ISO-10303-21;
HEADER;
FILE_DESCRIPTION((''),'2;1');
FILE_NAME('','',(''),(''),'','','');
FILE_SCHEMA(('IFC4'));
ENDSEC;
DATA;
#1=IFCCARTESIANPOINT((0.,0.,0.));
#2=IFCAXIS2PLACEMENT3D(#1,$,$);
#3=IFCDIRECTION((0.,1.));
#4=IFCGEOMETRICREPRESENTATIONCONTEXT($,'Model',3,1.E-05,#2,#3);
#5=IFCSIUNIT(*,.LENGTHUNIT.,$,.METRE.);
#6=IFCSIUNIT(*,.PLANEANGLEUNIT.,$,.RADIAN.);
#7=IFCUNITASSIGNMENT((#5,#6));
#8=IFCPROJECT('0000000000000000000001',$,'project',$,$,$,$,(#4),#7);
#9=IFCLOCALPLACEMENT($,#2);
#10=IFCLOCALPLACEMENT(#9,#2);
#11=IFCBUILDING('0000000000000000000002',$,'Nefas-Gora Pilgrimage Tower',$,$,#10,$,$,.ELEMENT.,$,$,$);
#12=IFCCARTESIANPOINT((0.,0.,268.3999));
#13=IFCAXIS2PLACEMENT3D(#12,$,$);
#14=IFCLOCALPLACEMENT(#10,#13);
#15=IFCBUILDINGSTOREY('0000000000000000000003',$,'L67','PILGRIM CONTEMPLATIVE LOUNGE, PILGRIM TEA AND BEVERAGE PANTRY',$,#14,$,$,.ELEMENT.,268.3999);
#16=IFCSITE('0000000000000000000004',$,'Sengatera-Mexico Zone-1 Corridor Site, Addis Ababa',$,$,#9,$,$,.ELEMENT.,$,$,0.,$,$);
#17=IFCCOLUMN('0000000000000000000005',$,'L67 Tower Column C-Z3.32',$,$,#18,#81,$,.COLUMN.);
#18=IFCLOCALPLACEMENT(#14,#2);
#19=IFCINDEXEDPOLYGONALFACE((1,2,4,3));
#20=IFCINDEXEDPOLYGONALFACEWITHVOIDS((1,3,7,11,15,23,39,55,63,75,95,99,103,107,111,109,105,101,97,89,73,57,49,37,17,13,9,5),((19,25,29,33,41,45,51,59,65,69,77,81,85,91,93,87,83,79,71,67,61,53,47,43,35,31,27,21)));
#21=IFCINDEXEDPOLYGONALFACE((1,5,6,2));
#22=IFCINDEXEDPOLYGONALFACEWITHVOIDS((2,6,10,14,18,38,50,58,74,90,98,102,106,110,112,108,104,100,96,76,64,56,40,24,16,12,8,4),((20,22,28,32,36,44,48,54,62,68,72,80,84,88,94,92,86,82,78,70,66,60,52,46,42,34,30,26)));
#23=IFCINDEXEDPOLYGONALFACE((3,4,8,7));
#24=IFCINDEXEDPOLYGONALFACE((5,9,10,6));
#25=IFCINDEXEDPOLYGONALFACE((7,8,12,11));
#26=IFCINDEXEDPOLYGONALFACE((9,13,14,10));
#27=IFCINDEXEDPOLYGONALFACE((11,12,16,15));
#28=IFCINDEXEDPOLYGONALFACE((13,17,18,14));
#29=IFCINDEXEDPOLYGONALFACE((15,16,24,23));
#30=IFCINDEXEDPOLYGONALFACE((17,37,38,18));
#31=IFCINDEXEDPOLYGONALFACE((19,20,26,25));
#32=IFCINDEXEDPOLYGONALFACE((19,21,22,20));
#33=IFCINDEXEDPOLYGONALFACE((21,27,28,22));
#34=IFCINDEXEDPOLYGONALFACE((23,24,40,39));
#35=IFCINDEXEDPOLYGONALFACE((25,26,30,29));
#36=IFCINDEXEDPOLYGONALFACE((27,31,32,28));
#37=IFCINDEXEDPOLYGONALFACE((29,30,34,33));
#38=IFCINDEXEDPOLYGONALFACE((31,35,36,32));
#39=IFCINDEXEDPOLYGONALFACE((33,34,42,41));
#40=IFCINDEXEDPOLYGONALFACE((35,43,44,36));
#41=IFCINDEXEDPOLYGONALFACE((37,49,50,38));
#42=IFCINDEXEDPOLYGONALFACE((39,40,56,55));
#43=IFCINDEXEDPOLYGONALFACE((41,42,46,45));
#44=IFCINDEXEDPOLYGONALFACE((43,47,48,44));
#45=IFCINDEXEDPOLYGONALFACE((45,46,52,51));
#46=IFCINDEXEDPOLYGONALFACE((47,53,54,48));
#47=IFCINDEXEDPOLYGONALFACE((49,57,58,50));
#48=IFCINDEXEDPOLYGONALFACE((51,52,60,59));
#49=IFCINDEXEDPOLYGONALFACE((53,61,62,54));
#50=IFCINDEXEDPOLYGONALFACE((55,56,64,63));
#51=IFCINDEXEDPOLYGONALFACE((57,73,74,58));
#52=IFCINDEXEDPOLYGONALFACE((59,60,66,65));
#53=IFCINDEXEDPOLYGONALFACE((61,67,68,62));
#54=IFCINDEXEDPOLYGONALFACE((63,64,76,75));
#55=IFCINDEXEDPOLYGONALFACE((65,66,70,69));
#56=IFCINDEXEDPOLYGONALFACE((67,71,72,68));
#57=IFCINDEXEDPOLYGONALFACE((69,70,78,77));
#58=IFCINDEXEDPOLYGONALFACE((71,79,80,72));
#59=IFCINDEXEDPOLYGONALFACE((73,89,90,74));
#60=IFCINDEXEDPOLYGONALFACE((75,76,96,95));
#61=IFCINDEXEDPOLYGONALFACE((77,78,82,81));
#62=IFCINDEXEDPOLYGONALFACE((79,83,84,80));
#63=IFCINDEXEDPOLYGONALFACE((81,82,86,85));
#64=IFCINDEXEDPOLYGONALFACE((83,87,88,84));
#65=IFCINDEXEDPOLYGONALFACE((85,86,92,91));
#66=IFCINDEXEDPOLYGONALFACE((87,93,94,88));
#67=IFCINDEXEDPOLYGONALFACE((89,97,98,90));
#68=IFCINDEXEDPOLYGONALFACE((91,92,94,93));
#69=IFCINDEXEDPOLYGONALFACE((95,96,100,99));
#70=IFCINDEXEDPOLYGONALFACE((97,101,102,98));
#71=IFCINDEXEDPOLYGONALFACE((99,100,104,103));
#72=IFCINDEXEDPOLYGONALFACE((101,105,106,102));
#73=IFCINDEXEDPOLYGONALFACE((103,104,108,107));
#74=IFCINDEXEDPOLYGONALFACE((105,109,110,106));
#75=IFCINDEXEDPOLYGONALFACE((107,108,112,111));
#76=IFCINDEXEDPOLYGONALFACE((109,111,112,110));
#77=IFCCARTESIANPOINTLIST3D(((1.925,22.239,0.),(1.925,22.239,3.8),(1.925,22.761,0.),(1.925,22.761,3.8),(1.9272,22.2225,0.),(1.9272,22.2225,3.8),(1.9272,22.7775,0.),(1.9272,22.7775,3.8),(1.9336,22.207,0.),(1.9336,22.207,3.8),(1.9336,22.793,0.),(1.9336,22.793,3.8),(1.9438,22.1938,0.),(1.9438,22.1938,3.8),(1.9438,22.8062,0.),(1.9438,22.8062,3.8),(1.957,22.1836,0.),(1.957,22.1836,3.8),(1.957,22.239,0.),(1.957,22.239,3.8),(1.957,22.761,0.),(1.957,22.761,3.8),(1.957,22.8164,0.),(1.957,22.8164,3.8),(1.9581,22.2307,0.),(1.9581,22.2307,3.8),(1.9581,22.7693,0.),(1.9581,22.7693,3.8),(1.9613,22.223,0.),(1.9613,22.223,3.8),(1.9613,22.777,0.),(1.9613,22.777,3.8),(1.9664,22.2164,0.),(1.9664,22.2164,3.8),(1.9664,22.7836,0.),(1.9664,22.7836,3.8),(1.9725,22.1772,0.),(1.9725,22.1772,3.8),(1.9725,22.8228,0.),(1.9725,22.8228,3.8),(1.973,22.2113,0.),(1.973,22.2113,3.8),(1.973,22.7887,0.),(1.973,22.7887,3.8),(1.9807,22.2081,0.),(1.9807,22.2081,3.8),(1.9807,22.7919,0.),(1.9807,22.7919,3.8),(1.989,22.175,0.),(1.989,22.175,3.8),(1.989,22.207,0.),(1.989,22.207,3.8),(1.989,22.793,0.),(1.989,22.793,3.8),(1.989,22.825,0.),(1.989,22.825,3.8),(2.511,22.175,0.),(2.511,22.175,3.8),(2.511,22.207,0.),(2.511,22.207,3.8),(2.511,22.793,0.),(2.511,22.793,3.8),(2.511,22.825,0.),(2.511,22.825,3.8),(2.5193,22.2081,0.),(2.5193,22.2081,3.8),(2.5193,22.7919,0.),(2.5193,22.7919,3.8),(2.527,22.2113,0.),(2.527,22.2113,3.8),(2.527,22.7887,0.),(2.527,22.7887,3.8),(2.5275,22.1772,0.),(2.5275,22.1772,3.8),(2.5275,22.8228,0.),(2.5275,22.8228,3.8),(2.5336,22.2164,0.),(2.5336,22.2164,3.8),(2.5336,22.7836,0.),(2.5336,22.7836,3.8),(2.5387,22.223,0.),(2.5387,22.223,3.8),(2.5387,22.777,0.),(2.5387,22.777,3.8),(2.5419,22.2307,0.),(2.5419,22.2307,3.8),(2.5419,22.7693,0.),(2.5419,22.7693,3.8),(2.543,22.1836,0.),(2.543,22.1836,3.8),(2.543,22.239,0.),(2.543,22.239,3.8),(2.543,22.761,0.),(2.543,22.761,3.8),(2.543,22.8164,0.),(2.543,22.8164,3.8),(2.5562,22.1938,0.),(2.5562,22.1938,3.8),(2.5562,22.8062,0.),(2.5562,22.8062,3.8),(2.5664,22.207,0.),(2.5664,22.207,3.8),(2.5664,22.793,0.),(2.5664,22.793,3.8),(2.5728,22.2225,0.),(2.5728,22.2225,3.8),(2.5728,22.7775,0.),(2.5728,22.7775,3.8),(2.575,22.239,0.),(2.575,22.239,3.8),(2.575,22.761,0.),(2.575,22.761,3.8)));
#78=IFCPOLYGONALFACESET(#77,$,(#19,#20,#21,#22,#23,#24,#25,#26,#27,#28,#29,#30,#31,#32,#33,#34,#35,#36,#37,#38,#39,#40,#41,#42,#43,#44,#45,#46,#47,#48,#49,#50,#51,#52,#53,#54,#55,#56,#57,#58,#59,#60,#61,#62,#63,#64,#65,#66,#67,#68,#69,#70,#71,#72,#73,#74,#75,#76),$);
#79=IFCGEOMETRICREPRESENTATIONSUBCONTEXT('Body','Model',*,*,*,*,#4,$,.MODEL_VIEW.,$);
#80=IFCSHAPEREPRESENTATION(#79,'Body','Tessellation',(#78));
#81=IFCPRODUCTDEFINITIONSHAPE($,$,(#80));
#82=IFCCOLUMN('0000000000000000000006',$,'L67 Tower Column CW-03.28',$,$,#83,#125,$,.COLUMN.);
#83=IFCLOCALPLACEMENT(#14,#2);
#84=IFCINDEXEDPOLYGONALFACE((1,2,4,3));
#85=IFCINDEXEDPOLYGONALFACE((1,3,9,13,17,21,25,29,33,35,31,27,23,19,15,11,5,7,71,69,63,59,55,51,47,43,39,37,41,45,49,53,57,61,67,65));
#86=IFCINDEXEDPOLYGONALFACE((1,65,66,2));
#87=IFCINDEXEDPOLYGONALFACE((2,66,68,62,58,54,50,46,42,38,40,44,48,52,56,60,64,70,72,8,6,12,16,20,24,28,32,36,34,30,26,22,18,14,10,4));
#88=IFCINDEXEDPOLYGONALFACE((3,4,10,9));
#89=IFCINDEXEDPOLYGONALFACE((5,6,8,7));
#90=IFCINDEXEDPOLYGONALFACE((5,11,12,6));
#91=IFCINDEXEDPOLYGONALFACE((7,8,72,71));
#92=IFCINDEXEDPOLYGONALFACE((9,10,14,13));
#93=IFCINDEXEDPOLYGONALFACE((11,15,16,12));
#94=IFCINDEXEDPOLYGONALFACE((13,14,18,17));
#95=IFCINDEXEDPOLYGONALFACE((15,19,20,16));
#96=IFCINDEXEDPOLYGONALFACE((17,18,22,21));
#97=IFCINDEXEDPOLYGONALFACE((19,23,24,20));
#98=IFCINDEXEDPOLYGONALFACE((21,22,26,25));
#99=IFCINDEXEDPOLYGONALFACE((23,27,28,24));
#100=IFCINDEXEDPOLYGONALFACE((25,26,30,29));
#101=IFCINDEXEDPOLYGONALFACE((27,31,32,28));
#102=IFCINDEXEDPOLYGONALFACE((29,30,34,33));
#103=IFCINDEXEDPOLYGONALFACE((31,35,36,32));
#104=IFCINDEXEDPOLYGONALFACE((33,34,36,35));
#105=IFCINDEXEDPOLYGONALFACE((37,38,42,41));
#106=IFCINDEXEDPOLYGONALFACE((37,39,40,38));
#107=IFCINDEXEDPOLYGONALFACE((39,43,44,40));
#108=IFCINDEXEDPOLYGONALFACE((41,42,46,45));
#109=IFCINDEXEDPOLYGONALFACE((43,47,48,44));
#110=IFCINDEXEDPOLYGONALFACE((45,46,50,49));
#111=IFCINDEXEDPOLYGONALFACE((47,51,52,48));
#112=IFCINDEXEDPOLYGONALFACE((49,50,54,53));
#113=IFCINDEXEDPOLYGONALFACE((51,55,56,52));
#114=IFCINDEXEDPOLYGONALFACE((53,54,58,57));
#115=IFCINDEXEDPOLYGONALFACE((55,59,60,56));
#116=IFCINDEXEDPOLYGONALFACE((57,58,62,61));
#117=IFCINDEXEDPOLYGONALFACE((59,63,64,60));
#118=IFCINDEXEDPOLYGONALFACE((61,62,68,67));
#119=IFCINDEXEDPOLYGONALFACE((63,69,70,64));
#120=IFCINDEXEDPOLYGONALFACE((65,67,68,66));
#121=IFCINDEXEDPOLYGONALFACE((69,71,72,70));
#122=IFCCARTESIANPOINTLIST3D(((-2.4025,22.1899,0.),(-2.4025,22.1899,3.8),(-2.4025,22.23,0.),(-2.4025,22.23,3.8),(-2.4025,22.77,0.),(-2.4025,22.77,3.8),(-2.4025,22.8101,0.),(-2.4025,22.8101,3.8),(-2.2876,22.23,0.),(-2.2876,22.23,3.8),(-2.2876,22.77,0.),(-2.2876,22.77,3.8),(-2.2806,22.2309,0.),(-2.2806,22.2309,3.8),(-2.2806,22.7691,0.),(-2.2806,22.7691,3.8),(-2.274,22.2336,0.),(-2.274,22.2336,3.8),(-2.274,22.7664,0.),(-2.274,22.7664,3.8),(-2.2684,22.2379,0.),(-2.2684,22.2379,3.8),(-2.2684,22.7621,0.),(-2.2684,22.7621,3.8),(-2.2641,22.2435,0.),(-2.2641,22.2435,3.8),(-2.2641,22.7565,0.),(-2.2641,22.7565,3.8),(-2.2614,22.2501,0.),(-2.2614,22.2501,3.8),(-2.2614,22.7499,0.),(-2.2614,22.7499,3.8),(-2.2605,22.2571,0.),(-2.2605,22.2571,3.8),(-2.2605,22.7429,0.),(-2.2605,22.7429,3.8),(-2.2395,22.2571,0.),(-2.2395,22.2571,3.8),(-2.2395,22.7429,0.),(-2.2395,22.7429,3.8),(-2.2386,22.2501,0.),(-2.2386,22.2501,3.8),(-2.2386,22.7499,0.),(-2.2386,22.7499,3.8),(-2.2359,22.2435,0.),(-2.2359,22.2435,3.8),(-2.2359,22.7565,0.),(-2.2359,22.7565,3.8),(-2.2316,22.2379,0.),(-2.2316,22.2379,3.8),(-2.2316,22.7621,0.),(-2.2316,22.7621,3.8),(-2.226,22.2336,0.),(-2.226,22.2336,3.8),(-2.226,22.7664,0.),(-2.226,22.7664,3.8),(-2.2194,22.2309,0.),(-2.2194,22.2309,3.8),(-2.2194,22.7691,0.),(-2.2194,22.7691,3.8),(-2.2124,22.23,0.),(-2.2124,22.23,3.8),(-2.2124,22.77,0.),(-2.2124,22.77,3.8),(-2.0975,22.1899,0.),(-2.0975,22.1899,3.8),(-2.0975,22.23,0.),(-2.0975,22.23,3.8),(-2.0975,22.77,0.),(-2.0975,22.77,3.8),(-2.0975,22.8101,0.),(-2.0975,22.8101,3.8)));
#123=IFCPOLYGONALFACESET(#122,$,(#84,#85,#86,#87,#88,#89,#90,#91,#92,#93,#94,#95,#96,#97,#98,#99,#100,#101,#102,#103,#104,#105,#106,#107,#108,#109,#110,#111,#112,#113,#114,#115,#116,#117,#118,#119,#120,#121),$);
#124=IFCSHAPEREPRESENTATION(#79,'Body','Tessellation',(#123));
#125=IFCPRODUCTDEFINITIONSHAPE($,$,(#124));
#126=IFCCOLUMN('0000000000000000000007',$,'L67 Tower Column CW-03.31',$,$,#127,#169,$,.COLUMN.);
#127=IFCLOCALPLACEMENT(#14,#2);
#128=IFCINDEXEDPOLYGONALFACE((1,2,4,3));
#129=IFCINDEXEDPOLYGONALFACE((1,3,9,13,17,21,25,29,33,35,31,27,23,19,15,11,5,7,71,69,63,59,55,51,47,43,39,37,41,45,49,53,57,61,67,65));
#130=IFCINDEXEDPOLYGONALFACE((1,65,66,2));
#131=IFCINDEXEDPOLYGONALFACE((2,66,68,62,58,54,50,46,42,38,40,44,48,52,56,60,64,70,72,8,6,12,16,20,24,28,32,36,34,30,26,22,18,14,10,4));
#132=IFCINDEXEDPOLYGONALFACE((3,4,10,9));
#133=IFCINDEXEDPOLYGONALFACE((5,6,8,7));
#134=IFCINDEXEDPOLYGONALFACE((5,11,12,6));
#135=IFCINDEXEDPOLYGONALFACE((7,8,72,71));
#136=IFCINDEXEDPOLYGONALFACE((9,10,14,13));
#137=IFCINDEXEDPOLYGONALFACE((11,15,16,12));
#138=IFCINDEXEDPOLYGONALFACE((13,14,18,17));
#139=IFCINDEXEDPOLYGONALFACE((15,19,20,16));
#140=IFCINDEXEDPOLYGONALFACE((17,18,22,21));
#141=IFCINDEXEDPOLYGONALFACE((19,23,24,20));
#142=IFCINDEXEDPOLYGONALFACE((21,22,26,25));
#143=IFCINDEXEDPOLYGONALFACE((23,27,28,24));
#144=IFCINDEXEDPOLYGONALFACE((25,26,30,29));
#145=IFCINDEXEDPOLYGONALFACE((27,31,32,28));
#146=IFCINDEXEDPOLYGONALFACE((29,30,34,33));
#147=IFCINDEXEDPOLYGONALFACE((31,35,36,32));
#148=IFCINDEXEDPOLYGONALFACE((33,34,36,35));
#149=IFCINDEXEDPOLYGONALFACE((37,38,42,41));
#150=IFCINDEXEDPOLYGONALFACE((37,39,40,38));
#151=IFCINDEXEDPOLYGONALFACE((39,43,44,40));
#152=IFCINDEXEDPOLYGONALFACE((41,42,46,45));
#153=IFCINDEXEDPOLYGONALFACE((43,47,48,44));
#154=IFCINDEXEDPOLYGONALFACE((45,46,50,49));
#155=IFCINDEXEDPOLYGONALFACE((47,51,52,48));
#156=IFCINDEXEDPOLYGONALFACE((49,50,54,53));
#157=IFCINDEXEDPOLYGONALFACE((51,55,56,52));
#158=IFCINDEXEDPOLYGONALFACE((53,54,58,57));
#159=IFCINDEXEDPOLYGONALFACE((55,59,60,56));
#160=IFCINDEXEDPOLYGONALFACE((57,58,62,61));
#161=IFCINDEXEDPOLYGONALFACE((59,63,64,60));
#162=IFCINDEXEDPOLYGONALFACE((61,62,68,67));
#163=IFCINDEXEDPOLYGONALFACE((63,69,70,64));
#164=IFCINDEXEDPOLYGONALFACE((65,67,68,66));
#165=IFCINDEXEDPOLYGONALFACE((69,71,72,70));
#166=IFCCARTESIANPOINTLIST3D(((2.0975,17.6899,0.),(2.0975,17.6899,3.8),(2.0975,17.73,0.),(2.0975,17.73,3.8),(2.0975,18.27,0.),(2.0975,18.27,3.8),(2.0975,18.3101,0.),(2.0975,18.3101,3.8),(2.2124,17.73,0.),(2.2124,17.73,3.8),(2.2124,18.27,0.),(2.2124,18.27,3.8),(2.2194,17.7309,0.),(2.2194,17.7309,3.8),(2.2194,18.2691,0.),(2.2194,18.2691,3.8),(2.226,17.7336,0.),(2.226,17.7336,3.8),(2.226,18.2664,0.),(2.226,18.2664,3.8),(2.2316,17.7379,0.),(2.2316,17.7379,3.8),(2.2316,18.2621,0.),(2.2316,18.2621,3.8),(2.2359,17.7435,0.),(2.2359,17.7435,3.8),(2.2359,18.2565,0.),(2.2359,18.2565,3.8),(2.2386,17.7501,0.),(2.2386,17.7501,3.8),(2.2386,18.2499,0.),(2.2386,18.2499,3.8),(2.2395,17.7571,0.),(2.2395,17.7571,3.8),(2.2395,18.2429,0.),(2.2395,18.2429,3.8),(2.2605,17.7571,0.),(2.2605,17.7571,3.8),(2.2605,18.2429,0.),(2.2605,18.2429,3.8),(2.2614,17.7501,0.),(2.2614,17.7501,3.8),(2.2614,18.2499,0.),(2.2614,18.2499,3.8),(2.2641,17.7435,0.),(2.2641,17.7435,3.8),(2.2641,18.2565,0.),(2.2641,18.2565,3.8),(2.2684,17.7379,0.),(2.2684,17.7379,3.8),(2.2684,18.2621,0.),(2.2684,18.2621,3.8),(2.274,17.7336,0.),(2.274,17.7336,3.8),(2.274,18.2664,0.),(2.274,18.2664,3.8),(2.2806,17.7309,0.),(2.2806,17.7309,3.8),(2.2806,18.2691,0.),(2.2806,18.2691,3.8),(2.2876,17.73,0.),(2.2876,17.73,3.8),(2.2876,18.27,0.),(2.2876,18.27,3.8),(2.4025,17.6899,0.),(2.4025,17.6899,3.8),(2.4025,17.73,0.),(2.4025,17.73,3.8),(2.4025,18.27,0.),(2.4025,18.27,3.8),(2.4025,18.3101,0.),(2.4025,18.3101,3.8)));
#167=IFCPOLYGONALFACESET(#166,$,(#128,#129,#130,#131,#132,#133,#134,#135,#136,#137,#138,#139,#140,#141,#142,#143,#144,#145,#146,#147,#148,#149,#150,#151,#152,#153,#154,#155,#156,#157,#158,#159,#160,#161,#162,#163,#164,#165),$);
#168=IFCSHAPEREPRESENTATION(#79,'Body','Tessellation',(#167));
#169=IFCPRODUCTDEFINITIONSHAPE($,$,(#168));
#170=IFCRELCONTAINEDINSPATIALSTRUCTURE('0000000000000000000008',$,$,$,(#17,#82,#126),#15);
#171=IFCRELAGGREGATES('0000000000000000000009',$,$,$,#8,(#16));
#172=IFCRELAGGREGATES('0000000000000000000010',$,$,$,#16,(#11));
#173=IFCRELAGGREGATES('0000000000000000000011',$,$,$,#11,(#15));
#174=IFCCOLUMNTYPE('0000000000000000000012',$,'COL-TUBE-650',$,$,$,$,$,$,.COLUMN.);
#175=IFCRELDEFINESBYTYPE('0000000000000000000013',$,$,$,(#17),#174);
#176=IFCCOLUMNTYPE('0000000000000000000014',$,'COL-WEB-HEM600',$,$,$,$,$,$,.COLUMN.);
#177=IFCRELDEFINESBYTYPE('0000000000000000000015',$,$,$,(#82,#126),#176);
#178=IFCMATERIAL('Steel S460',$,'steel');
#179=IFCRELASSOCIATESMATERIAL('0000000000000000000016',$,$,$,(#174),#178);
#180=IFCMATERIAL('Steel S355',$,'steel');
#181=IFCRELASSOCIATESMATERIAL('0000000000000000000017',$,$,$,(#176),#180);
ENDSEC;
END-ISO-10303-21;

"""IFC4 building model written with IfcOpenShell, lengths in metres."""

from ifc_helpers import new_model, si_unit, direction, frame, origin, origin_2d, place, context, subcontext, project, spatial, hollow_rectangle, i_section, extrude, source, transform, mapped, material, material_profile, profile_set, type_object, element, save


model = new_model("IFC4")

# Units and contexts
model_context = context("Model", 3, precision=1e-05, world=origin(), true_north=direction((0.0, 1.0)))
body_context = subcontext(model_context, "Body", "Model", "MODEL_VIEW")
ifc_project = project(units=[si_unit("LENGTHUNIT", "METRE"), si_unit("PLANEANGLEUNIT", "RADIAN")], contexts=[model_context])

# Site, building, storey
site_placement = place(None, origin())
site = spatial("IfcSite", under=ifc_project, at=site_placement, Name="Sengatera-Mexico Zone-1 Corridor Site, Addis Ababa", CompositionType="ELEMENT", RefElevation=0.0)
building_placement = place(site_placement, origin())
building = spatial("IfcBuilding", under=site, at=building_placement, Name="Nefas-Gora Pilgrimage Tower", CompositionType="ELEMENT")
storey_placement = place(building_placement, frame((0.0, 0.0, 268.3999)))
storey = spatial("IfcBuildingStorey", under=building, at=storey_placement, Name="L67", Description="PILGRIM CONTEMPLATIVE LOUNGE, PILGRIM TEA AND BEVERAGE PANTRY", CompositionType="ELEMENT", Elevation=268.3999)

# Columns
ifc_material_1 = material(Name="Steel S460", Category="steel")
ifc_material_profile_1 = material_profile(ifc_material_1, hollow_rectangle(XDim=0.6499, YDim=0.6499, WallThickness=0.032, InnerFilletRadius=0.032, OuterFilletRadius=0.064, at=origin_2d()), Name="BOX 650x650x32")
ifc_profile_set_1 = profile_set([ifc_material_profile_1], Name="Steel S460")
column_type_1 = type_object("IfcColumnType", Name="COL-TUBE-650", PredefinedType="COLUMN", material=ifc_profile_set_1)
shared_shape_1 = source(origin(), body_context, "Body", "SweptSolid", [
    extrude(hollow_rectangle(XDim=0.6499, YDim=0.6499, WallThickness=0.032, InnerFilletRadius=0.032, OuterFilletRadius=0.064, at=origin_2d()), origin(), (0.0, 0.0, 1.0), 3.8),
])
column_placement = place(storey_placement, frame((2.25, 22.5, 0.0), z_axis=(0.0, 0.0, 1.0), x_axis=(1.0, 0.0, 0.0)))
element("IfcColumn", 1, at=column_placement, inside=storey, type_object=column_type_1, Name="L67 Tower Column C-Z3.32", PredefinedType="COLUMN", context=body_context, shape_type="MappedRepresentation", body=[
    mapped(shared_shape_1, transform((0.0, 0.0, 0.0), x_axis=(1.0, 0.0, 0.0), y_axis=(0.0, 1.0, 0.0), z_axis=(0.0, 0.0, 1.0), scale=1.0)),
])
ifc_material_2 = material(Name="Steel S355", Category="steel")
ifc_material_profile_2 = material_profile(ifc_material_2, i_section(OverallWidth=0.3049, OverallDepth=0.6201, WebThickness=0.021, FlangeThickness=0.04, FilletRadius=0.0271, at=origin_2d()), Name="HEM 600")
ifc_profile_set_2 = profile_set([ifc_material_profile_2], Name="Steel S355")
column_type_2 = type_object("IfcColumnType", Name="COL-WEB-HEM600", PredefinedType="COLUMN", material=ifc_profile_set_2)
shared_shape_2 = source(origin(), body_context, "Body", "SweptSolid", [
    extrude(i_section(OverallWidth=0.3049, OverallDepth=0.6201, WebThickness=0.021, FlangeThickness=0.04, FilletRadius=0.0271, at=origin_2d()), origin(), (0.0, 0.0, 1.0), 3.8),
])
for number, where, z_axis, x_axis, name in (
    (2, (-2.25, 22.5, 0.0), (0.0, 0.0, 1.0), (1.0, 0.0, 0.0), "L67 Tower Column CW-03.28"),
    (3, (2.25, 18.0, 0.0), (0.0, 0.0, 1.0), (1.0, 0.0, 0.0), "L67 Tower Column CW-03.31"),
):
    element("IfcColumn", number, at=place(storey_placement, frame(where, z_axis=z_axis, x_axis=x_axis)), inside=storey, type_object=column_type_2, Name=name, PredefinedType="COLUMN", context=body_context, shape_type="MappedRepresentation", body=[
        mapped(shared_shape_2, transform((0.0, 0.0, 0.0), x_axis=(1.0, 0.0, 0.0), y_axis=(0.0, 1.0, 0.0), z_axis=(0.0, 0.0, 1.0), scale=1.0)),
    ])

save(model, "model.ifc")
